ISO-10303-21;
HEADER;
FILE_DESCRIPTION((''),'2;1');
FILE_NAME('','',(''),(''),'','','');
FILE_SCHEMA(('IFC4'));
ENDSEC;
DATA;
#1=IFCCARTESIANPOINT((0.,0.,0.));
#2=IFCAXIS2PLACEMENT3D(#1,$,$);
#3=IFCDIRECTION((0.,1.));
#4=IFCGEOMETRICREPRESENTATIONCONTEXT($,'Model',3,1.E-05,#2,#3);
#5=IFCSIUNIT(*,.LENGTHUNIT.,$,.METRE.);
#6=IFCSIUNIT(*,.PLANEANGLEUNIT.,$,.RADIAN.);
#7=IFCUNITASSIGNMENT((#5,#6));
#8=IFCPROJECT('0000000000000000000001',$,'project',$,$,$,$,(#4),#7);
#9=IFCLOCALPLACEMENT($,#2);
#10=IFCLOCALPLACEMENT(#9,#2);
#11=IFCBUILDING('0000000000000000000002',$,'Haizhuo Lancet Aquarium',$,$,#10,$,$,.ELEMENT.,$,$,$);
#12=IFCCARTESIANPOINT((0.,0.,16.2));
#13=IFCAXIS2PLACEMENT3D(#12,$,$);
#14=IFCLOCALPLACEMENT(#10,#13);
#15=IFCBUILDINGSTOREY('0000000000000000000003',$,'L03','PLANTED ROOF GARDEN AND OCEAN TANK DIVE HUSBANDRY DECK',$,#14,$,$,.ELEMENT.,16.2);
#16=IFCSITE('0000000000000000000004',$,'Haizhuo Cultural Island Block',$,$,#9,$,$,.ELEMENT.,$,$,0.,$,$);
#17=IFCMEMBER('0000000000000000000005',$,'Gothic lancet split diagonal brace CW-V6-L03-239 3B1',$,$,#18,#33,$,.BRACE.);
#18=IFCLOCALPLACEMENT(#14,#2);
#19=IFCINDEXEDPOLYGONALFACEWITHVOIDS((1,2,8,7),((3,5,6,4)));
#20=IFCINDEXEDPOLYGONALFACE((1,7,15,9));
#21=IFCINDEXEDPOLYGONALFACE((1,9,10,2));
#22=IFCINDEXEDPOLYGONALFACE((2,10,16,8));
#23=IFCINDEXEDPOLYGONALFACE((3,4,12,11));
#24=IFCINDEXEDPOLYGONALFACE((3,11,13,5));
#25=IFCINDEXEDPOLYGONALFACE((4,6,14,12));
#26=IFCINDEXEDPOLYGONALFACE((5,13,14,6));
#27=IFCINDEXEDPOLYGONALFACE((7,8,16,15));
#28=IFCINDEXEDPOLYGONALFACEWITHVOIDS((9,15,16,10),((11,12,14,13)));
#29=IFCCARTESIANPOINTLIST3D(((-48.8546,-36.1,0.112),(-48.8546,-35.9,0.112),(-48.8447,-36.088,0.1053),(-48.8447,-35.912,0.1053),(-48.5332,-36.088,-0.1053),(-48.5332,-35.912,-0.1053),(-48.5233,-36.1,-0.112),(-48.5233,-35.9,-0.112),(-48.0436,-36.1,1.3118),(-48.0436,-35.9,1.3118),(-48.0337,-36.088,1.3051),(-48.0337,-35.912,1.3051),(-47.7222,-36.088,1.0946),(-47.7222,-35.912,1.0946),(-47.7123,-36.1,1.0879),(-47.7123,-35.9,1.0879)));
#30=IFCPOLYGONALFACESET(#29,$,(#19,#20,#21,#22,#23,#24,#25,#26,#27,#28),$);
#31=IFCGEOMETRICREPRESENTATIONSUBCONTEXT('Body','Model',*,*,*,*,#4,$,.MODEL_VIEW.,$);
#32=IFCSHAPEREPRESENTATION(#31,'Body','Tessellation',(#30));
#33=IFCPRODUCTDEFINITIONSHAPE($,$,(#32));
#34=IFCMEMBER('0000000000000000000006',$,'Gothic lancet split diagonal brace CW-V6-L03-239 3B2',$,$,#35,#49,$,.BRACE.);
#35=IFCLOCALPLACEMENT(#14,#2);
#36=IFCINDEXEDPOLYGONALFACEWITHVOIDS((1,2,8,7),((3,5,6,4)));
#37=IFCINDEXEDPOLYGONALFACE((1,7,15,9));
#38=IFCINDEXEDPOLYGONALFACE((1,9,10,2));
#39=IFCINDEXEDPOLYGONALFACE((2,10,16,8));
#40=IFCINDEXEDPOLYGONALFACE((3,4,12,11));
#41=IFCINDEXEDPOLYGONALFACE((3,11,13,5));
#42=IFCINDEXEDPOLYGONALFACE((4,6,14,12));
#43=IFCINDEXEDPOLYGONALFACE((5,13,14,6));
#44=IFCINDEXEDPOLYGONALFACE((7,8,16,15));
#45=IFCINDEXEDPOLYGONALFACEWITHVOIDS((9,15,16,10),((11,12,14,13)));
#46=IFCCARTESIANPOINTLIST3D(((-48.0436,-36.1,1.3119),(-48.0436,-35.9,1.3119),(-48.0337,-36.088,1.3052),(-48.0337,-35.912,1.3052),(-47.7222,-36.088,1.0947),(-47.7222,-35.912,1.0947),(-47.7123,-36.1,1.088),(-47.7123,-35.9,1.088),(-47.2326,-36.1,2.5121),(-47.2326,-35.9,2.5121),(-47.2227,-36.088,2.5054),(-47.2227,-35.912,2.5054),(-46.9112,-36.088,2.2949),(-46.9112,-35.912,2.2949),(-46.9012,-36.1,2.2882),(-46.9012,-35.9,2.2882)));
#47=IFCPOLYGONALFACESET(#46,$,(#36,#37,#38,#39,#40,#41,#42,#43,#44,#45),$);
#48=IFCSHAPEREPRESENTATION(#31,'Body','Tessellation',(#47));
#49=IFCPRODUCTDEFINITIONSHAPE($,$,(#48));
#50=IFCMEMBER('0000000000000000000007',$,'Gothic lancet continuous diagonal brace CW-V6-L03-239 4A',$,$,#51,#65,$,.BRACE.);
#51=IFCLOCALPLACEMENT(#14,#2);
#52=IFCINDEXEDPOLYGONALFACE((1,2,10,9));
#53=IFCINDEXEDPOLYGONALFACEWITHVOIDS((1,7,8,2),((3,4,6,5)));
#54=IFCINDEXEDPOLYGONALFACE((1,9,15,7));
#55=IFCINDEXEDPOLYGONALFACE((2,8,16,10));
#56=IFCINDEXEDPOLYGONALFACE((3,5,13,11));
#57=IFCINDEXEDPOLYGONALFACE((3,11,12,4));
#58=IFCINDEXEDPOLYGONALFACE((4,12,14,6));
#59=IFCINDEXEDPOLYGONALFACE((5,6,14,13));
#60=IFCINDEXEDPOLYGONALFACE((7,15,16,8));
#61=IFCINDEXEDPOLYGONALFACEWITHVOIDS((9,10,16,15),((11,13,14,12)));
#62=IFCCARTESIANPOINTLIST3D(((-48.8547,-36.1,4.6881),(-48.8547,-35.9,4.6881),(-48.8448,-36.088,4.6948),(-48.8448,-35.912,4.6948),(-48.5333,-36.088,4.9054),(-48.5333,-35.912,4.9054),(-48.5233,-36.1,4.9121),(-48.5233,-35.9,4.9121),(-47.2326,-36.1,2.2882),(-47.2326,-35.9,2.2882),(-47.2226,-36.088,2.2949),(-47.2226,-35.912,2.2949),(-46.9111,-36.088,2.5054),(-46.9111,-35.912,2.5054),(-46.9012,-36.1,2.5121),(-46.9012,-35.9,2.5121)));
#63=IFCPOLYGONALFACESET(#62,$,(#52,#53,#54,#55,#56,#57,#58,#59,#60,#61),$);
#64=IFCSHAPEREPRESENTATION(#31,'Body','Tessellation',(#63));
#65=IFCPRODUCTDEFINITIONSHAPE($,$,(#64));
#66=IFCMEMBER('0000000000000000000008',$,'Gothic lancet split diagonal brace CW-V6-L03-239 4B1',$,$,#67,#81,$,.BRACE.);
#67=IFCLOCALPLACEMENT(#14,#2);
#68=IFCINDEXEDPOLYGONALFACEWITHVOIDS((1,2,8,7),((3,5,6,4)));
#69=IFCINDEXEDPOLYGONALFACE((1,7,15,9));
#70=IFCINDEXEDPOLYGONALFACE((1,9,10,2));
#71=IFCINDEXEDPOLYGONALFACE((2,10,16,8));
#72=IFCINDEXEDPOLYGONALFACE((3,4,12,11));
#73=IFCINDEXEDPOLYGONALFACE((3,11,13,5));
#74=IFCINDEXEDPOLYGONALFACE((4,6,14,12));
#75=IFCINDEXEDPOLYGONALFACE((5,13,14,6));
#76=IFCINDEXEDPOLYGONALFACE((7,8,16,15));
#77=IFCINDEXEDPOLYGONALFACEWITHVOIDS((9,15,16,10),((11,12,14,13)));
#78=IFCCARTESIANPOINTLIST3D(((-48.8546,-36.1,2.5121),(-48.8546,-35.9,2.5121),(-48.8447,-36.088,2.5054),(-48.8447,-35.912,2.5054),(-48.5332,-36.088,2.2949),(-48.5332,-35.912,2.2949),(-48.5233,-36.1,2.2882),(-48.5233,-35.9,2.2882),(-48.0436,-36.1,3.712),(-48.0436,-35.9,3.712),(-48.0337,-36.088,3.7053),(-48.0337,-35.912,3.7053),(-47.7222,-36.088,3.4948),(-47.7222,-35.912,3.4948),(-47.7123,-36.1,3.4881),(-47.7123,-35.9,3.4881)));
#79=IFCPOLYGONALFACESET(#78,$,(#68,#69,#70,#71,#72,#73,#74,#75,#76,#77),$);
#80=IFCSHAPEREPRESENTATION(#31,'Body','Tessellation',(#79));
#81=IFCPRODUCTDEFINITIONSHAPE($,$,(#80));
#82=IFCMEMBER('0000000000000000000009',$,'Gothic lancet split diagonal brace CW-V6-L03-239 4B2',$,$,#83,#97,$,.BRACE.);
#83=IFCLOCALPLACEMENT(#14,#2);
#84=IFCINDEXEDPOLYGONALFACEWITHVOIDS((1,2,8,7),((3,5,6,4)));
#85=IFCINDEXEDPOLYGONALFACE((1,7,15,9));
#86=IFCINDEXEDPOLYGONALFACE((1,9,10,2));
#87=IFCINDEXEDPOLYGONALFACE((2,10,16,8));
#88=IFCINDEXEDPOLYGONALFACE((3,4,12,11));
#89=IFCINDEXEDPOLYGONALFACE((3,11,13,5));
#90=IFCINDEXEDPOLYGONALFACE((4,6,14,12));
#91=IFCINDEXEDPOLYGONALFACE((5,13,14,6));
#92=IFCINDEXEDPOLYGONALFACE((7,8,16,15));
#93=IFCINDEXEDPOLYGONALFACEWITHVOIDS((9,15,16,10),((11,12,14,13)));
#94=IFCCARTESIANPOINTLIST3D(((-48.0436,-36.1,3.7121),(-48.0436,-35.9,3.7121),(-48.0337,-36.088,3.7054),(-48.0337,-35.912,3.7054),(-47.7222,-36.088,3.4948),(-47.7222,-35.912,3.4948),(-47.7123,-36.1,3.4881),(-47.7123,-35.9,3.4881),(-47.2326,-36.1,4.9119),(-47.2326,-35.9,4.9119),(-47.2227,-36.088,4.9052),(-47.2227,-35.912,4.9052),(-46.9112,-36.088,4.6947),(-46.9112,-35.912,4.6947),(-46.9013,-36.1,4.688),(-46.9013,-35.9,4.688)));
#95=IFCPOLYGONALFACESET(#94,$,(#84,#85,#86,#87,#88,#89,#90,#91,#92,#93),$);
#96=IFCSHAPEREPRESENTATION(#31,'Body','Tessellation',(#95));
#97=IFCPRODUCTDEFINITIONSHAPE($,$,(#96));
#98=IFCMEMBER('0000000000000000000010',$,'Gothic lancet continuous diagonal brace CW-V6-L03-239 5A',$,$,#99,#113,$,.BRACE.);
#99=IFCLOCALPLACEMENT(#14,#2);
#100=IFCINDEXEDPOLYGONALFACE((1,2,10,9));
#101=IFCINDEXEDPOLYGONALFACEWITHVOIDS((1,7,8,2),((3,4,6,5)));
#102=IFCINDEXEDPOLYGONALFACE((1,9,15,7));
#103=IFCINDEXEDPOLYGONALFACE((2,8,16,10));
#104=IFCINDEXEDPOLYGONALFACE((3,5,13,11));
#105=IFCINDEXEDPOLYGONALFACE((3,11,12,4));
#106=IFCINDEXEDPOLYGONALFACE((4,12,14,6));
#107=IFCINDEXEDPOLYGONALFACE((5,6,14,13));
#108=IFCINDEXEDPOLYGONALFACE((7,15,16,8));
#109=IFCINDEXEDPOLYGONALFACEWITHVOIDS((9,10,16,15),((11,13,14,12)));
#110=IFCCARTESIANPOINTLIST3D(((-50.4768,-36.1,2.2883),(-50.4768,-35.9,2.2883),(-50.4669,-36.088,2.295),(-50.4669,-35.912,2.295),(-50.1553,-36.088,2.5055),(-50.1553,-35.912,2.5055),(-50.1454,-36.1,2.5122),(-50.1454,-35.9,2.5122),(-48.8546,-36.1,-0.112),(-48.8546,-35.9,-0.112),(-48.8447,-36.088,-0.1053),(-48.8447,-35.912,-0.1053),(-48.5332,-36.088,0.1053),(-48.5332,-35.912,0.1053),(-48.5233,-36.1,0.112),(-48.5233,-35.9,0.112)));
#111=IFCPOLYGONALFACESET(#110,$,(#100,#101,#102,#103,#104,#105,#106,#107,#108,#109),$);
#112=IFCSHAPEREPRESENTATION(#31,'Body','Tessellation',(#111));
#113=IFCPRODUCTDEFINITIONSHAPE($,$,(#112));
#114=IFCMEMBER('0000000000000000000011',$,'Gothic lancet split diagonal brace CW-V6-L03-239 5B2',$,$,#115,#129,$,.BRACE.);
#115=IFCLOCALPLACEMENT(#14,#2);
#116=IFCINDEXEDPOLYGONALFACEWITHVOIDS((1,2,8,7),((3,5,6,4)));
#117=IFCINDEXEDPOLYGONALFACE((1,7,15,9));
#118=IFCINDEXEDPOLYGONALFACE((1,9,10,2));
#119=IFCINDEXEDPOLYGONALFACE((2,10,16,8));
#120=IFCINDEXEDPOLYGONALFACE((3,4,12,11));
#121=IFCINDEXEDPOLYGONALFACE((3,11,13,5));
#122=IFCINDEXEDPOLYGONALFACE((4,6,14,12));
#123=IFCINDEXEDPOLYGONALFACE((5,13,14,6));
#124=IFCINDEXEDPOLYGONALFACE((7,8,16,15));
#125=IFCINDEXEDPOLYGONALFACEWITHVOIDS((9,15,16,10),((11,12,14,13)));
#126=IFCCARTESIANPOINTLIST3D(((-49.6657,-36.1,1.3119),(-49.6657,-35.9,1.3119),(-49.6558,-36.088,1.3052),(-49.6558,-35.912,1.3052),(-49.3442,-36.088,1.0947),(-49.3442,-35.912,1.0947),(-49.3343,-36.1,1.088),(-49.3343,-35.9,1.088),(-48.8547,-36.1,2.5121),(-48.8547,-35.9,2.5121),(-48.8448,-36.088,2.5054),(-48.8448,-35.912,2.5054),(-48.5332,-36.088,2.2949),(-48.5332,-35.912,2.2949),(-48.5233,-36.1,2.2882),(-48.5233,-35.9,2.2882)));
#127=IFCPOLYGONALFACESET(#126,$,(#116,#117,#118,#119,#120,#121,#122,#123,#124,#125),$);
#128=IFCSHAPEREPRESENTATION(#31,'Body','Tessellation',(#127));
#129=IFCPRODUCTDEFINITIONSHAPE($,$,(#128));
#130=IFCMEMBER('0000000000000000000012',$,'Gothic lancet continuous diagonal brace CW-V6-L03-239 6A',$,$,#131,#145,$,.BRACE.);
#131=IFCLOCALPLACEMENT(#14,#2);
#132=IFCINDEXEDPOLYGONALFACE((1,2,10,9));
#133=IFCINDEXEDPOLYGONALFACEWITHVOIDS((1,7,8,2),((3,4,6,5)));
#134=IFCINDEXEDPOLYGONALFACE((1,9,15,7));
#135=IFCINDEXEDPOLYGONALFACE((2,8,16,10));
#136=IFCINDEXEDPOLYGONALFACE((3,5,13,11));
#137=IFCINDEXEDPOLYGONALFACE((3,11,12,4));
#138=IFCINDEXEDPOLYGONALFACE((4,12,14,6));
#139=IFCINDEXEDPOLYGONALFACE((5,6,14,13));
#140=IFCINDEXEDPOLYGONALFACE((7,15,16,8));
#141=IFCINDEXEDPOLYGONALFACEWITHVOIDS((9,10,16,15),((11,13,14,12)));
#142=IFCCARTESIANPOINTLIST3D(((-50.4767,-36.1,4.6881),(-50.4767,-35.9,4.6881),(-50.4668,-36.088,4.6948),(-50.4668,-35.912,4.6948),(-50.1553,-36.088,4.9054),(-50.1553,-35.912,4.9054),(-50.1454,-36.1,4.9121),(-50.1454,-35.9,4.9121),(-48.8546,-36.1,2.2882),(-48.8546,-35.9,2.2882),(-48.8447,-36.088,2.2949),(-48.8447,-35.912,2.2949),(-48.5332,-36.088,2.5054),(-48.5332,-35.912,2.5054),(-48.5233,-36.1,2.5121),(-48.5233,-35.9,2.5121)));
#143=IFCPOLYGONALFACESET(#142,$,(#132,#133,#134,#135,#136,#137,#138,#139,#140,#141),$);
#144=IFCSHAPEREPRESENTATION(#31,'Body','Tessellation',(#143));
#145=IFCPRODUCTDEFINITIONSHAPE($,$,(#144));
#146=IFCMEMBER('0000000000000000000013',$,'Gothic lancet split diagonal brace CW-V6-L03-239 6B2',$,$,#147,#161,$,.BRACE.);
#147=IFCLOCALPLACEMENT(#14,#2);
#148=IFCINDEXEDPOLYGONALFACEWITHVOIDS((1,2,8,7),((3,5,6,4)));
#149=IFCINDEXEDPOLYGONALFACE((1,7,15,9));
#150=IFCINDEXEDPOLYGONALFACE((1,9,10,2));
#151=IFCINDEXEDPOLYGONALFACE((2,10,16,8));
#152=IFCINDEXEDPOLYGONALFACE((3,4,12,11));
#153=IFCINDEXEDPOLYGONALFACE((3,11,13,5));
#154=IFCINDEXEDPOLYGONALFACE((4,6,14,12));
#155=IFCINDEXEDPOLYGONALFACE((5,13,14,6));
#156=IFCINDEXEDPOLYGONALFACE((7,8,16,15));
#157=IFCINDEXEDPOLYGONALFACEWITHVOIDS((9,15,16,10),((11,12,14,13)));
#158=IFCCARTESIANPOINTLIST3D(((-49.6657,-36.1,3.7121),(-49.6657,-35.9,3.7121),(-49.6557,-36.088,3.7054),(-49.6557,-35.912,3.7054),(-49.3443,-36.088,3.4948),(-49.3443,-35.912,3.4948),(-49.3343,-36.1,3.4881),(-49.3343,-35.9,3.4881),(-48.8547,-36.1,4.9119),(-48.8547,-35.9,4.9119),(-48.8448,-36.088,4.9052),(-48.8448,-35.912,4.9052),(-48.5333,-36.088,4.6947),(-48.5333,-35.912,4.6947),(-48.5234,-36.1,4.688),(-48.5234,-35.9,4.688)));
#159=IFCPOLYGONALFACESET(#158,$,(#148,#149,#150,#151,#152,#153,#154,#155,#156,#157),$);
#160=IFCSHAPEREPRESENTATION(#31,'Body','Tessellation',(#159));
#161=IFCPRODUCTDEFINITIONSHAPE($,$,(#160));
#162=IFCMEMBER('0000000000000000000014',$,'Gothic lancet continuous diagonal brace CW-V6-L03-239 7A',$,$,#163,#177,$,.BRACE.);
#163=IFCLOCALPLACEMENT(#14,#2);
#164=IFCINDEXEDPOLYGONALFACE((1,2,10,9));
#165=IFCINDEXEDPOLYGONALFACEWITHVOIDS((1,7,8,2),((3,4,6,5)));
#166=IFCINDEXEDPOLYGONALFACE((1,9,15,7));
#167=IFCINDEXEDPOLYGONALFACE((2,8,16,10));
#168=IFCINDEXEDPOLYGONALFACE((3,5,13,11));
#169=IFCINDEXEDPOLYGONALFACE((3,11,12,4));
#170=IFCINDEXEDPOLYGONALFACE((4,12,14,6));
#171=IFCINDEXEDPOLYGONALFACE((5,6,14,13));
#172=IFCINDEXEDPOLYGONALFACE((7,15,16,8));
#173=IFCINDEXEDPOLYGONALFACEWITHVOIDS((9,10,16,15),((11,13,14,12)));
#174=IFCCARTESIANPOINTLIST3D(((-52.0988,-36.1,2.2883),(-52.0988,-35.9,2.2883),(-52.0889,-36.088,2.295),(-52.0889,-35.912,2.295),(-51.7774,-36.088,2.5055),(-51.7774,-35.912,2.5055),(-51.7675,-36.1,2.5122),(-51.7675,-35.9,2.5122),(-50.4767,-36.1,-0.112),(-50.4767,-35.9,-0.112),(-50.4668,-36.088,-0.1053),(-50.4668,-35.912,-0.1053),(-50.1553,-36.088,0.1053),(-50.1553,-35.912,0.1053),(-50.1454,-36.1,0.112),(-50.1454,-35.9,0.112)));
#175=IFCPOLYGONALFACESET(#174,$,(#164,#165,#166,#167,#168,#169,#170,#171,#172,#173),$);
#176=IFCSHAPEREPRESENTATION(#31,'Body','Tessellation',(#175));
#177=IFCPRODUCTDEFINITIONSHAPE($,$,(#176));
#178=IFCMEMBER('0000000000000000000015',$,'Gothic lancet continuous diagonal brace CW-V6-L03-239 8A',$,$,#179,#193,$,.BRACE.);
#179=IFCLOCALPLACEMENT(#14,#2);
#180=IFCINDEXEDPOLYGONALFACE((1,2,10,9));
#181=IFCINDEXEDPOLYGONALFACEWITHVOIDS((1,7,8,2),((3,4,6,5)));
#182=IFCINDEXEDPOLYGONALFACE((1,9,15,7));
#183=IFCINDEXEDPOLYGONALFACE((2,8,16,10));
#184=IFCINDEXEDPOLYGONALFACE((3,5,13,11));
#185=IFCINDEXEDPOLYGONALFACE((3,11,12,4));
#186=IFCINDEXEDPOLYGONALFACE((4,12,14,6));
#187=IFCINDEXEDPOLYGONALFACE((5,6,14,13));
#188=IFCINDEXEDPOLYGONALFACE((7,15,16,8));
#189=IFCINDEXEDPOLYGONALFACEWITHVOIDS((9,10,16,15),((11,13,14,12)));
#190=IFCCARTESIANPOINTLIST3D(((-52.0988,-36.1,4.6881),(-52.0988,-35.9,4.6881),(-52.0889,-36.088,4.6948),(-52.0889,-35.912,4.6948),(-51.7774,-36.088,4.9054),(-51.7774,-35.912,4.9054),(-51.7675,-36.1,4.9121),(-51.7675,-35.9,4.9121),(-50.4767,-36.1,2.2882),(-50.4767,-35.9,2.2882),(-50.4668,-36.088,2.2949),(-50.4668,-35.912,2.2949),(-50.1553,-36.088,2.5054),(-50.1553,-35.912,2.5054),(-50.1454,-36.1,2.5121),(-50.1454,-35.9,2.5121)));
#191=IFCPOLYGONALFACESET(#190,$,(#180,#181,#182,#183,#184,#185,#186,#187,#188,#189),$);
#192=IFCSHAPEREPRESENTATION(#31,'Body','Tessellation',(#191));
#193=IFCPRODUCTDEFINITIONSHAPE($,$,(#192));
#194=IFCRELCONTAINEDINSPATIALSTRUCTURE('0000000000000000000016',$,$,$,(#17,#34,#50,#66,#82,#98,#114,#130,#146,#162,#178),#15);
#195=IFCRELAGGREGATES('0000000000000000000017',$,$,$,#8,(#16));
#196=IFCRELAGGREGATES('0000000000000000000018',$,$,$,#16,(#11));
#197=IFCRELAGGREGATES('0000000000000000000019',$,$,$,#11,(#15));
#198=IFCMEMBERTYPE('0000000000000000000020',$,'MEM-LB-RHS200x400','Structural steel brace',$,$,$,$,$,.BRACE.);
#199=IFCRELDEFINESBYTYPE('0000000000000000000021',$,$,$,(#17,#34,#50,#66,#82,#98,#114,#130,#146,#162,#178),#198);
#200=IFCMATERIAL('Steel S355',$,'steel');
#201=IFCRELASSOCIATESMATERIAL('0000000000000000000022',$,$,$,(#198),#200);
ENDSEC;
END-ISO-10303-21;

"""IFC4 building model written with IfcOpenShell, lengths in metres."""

from ifc_helpers import new_model, si_unit, direction, frame, origin, origin_2d, place, context, subcontext, project, spatial, hollow_rectangle, extrude, material, material_profile, profile_set, type_object, element, save


model = new_model("IFC4")

# Units and contexts
model_context = context("Model", 3, precision=1e-05, world=origin(), true_north=direction((0.0, 1.0)))
body_context = subcontext(model_context, "Body", "Model", "MODEL_VIEW")
ifc_project = project(units=[si_unit("LENGTHUNIT", "METRE"), si_unit("PLANEANGLEUNIT", "RADIAN")], contexts=[model_context])

# Site, building, storey
site_placement = place(None, origin())
site = spatial("IfcSite", under=ifc_project, at=site_placement, Name="Haizhuo Cultural Island Block", CompositionType="ELEMENT", RefElevation=0.0)
building_placement = place(site_placement, origin())
building = spatial("IfcBuilding", under=site, at=building_placement, Name="Haizhuo Lancet Aquarium", CompositionType="ELEMENT")
storey_placement = place(building_placement, frame((0.0, 0.0, 16.2)))
storey = spatial("IfcBuildingStorey", under=building, at=storey_placement, Name="L03", Description="PLANTED ROOF GARDEN AND OCEAN TANK DIVE HUSBANDRY DECK", CompositionType="ELEMENT", Elevation=16.2)

# Members
ifc_material_1 = material(Name="Steel S355", Category="steel")
ifc_material_profile_1 = material_profile(ifc_material_1, hollow_rectangle(XDim=0.2, YDim=0.3999, WallThickness=0.012, at=origin_2d()), Name="RHS 200x400x12")
ifc_profile_set_1 = profile_set([ifc_material_profile_1], Name="Steel S355")
member_type_1 = type_object("IfcMemberType", Name="MEM-LB-RHS200x400", Description="Structural steel brace", PredefinedType="BRACE", material=ifc_profile_set_1)
member_1_placement = place(storey_placement, frame((-48.689, -36.0, 0.0), z_axis=(0.559979, 0.0, 0.828507), x_axis=(0.0, 1.0, 0.0)))
element("IfcMember", 1, at=member_1_placement, inside=storey, type_object=member_type_1, Name="Gothic lancet split diagonal brace CW-V6-L03-239 3B1", PredefinedType="BRACE", context=body_context, shape_type="SweptSolid", body=[
    extrude(hollow_rectangle(XDim=0.2, YDim=0.3999, WallThickness=0.012, at=origin_2d()), origin(), (0.0, 0.0, 1.0), 1.4482),
])
member_2_placement = place(storey_placement, frame((-47.8779, -36.0, 1.2), z_axis=(0.559901, 0.0, 0.828559), x_axis=(0.0, 1.0, 0.0)))
element("IfcMember", 2, at=member_2_placement, inside=storey, type_object=member_type_1, Name="Gothic lancet split diagonal brace CW-V6-L03-239 3B2", PredefinedType="BRACE", context=body_context, shape_type="SweptSolid", body=[
    extrude(hollow_rectangle(XDim=0.2, YDim=0.3999, WallThickness=0.012, at=origin_2d()), origin(), (0.0, 0.0, 1.0), 1.4485),
])
member_3_placement = place(storey_placement, frame((-47.0669, -36.0, 2.4001), z_axis=(-0.559979, 0.0, 0.828507), x_axis=(0.0, -1.0, 0.0)))
element("IfcMember", 3, at=member_3_placement, inside=storey, type_object=member_type_1, Name="Gothic lancet continuous diagonal brace CW-V6-L03-239 4A", PredefinedType="BRACE", context=body_context, shape_type="SweptSolid", body=[
    extrude(hollow_rectangle(XDim=0.2, YDim=0.3999, WallThickness=0.012, at=origin_2d()), origin(), (0.0, 0.0, 1.0), 2.8967),
])
for number, where, z_axis, x_axis, name in (
    (4, (-48.689, -36.0, 2.4001), (0.559979, 0.0, 0.828507), (0.0, 1.0, 0.0), "Gothic lancet split diagonal brace CW-V6-L03-239 4B1"),
    (5, (-47.8779, -36.0, 3.6001), (0.559979, 0.0, 0.828507), (0.0, 1.0, 0.0), "Gothic lancet split diagonal brace CW-V6-L03-239 4B2"),
):
    element("IfcMember", number, at=place(storey_placement, frame(where, z_axis=z_axis, x_axis=x_axis)), inside=storey, type_object=member_type_1, Name=name, PredefinedType="BRACE", context=body_context, shape_type="SweptSolid", body=[
        extrude(hollow_rectangle(XDim=0.2, YDim=0.3999, WallThickness=0.012, at=origin_2d()), origin(), (0.0, 0.0, 1.0), 1.4482),
    ])
member_4_placement = place(storey_placement, frame((-48.689, -36.0, 0.0), z_axis=(-0.55994, 0.0, 0.828533), x_axis=(0.0, -1.0, 0.0)))
element("IfcMember", 6, at=member_4_placement, inside=storey, type_object=member_type_1, Name="Gothic lancet continuous diagonal brace CW-V6-L03-239 5A", PredefinedType="BRACE", context=body_context, shape_type="SweptSolid", body=[
    extrude(hollow_rectangle(XDim=0.2, YDim=0.3999, WallThickness=0.012, at=origin_2d()), origin(), (0.0, 0.0, 1.0), 2.897),
])
member_5_placement = place(storey_placement, frame((-49.5, -36.0, 1.2), z_axis=(0.559901, 0.0, 0.828559), x_axis=(0.0, 1.0, 0.0)))
element("IfcMember", 7, at=member_5_placement, inside=storey, type_object=member_type_1, Name="Gothic lancet split diagonal brace CW-V6-L03-239 5B2", PredefinedType="BRACE", context=body_context, shape_type="SweptSolid", body=[
    extrude(hollow_rectangle(XDim=0.2, YDim=0.3999, WallThickness=0.012, at=origin_2d()), origin(), (0.0, 0.0, 1.0), 1.4485),
])
member_6_placement = place(storey_placement, frame((-48.689, -36.0, 2.4001), z_axis=(-0.559979, 0.0, 0.828507), x_axis=(0.0, -1.0, 0.0)))
element("IfcMember", 8, at=member_6_placement, inside=storey, type_object=member_type_1, Name="Gothic lancet continuous diagonal brace CW-V6-L03-239 6A", PredefinedType="BRACE", context=body_context, shape_type="SweptSolid", body=[
    extrude(hollow_rectangle(XDim=0.2, YDim=0.3999, WallThickness=0.012, at=origin_2d()), origin(), (0.0, 0.0, 1.0), 2.8967),
])
member_7_placement = place(storey_placement, frame((-49.5, -36.0, 3.6001), z_axis=(0.559979, 0.0, 0.828507), x_axis=(0.0, 1.0, 0.0)))
element("IfcMember", 9, at=member_7_placement, inside=storey, type_object=member_type_1, Name="Gothic lancet split diagonal brace CW-V6-L03-239 6B2", PredefinedType="BRACE", context=body_context, shape_type="SweptSolid", body=[
    extrude(hollow_rectangle(XDim=0.2, YDim=0.3999, WallThickness=0.012, at=origin_2d()), origin(), (0.0, 0.0, 1.0), 1.4482),
])
member_8_placement = place(storey_placement, frame((-50.311, -36.0, 0.0), z_axis=(-0.55994, 0.0, 0.828533), x_axis=(0.0, -1.0, 0.0)))
element("IfcMember", 10, at=member_8_placement, inside=storey, type_object=member_type_1, Name="Gothic lancet continuous diagonal brace CW-V6-L03-239 7A", PredefinedType="BRACE", context=body_context, shape_type="SweptSolid", body=[
    extrude(hollow_rectangle(XDim=0.2, YDim=0.3999, WallThickness=0.012, at=origin_2d()), origin(), (0.0, 0.0, 1.0), 2.897),
])
member_9_placement = place(storey_placement, frame((-50.311, -36.0, 2.4001), z_axis=(-0.559979, 0.0, 0.828507), x_axis=(0.0, -1.0, 0.0)))
element("IfcMember", 11, at=member_9_placement, inside=storey, type_object=member_type_1, Name="Gothic lancet continuous diagonal brace CW-V6-L03-239 8A", PredefinedType="BRACE", context=body_context, shape_type="SweptSolid", body=[
    extrude(hollow_rectangle(XDim=0.2, YDim=0.3999, WallThickness=0.012, at=origin_2d()), origin(), (0.0, 0.0, 1.0), 2.8967),
])

save(model, "model.ifc")
